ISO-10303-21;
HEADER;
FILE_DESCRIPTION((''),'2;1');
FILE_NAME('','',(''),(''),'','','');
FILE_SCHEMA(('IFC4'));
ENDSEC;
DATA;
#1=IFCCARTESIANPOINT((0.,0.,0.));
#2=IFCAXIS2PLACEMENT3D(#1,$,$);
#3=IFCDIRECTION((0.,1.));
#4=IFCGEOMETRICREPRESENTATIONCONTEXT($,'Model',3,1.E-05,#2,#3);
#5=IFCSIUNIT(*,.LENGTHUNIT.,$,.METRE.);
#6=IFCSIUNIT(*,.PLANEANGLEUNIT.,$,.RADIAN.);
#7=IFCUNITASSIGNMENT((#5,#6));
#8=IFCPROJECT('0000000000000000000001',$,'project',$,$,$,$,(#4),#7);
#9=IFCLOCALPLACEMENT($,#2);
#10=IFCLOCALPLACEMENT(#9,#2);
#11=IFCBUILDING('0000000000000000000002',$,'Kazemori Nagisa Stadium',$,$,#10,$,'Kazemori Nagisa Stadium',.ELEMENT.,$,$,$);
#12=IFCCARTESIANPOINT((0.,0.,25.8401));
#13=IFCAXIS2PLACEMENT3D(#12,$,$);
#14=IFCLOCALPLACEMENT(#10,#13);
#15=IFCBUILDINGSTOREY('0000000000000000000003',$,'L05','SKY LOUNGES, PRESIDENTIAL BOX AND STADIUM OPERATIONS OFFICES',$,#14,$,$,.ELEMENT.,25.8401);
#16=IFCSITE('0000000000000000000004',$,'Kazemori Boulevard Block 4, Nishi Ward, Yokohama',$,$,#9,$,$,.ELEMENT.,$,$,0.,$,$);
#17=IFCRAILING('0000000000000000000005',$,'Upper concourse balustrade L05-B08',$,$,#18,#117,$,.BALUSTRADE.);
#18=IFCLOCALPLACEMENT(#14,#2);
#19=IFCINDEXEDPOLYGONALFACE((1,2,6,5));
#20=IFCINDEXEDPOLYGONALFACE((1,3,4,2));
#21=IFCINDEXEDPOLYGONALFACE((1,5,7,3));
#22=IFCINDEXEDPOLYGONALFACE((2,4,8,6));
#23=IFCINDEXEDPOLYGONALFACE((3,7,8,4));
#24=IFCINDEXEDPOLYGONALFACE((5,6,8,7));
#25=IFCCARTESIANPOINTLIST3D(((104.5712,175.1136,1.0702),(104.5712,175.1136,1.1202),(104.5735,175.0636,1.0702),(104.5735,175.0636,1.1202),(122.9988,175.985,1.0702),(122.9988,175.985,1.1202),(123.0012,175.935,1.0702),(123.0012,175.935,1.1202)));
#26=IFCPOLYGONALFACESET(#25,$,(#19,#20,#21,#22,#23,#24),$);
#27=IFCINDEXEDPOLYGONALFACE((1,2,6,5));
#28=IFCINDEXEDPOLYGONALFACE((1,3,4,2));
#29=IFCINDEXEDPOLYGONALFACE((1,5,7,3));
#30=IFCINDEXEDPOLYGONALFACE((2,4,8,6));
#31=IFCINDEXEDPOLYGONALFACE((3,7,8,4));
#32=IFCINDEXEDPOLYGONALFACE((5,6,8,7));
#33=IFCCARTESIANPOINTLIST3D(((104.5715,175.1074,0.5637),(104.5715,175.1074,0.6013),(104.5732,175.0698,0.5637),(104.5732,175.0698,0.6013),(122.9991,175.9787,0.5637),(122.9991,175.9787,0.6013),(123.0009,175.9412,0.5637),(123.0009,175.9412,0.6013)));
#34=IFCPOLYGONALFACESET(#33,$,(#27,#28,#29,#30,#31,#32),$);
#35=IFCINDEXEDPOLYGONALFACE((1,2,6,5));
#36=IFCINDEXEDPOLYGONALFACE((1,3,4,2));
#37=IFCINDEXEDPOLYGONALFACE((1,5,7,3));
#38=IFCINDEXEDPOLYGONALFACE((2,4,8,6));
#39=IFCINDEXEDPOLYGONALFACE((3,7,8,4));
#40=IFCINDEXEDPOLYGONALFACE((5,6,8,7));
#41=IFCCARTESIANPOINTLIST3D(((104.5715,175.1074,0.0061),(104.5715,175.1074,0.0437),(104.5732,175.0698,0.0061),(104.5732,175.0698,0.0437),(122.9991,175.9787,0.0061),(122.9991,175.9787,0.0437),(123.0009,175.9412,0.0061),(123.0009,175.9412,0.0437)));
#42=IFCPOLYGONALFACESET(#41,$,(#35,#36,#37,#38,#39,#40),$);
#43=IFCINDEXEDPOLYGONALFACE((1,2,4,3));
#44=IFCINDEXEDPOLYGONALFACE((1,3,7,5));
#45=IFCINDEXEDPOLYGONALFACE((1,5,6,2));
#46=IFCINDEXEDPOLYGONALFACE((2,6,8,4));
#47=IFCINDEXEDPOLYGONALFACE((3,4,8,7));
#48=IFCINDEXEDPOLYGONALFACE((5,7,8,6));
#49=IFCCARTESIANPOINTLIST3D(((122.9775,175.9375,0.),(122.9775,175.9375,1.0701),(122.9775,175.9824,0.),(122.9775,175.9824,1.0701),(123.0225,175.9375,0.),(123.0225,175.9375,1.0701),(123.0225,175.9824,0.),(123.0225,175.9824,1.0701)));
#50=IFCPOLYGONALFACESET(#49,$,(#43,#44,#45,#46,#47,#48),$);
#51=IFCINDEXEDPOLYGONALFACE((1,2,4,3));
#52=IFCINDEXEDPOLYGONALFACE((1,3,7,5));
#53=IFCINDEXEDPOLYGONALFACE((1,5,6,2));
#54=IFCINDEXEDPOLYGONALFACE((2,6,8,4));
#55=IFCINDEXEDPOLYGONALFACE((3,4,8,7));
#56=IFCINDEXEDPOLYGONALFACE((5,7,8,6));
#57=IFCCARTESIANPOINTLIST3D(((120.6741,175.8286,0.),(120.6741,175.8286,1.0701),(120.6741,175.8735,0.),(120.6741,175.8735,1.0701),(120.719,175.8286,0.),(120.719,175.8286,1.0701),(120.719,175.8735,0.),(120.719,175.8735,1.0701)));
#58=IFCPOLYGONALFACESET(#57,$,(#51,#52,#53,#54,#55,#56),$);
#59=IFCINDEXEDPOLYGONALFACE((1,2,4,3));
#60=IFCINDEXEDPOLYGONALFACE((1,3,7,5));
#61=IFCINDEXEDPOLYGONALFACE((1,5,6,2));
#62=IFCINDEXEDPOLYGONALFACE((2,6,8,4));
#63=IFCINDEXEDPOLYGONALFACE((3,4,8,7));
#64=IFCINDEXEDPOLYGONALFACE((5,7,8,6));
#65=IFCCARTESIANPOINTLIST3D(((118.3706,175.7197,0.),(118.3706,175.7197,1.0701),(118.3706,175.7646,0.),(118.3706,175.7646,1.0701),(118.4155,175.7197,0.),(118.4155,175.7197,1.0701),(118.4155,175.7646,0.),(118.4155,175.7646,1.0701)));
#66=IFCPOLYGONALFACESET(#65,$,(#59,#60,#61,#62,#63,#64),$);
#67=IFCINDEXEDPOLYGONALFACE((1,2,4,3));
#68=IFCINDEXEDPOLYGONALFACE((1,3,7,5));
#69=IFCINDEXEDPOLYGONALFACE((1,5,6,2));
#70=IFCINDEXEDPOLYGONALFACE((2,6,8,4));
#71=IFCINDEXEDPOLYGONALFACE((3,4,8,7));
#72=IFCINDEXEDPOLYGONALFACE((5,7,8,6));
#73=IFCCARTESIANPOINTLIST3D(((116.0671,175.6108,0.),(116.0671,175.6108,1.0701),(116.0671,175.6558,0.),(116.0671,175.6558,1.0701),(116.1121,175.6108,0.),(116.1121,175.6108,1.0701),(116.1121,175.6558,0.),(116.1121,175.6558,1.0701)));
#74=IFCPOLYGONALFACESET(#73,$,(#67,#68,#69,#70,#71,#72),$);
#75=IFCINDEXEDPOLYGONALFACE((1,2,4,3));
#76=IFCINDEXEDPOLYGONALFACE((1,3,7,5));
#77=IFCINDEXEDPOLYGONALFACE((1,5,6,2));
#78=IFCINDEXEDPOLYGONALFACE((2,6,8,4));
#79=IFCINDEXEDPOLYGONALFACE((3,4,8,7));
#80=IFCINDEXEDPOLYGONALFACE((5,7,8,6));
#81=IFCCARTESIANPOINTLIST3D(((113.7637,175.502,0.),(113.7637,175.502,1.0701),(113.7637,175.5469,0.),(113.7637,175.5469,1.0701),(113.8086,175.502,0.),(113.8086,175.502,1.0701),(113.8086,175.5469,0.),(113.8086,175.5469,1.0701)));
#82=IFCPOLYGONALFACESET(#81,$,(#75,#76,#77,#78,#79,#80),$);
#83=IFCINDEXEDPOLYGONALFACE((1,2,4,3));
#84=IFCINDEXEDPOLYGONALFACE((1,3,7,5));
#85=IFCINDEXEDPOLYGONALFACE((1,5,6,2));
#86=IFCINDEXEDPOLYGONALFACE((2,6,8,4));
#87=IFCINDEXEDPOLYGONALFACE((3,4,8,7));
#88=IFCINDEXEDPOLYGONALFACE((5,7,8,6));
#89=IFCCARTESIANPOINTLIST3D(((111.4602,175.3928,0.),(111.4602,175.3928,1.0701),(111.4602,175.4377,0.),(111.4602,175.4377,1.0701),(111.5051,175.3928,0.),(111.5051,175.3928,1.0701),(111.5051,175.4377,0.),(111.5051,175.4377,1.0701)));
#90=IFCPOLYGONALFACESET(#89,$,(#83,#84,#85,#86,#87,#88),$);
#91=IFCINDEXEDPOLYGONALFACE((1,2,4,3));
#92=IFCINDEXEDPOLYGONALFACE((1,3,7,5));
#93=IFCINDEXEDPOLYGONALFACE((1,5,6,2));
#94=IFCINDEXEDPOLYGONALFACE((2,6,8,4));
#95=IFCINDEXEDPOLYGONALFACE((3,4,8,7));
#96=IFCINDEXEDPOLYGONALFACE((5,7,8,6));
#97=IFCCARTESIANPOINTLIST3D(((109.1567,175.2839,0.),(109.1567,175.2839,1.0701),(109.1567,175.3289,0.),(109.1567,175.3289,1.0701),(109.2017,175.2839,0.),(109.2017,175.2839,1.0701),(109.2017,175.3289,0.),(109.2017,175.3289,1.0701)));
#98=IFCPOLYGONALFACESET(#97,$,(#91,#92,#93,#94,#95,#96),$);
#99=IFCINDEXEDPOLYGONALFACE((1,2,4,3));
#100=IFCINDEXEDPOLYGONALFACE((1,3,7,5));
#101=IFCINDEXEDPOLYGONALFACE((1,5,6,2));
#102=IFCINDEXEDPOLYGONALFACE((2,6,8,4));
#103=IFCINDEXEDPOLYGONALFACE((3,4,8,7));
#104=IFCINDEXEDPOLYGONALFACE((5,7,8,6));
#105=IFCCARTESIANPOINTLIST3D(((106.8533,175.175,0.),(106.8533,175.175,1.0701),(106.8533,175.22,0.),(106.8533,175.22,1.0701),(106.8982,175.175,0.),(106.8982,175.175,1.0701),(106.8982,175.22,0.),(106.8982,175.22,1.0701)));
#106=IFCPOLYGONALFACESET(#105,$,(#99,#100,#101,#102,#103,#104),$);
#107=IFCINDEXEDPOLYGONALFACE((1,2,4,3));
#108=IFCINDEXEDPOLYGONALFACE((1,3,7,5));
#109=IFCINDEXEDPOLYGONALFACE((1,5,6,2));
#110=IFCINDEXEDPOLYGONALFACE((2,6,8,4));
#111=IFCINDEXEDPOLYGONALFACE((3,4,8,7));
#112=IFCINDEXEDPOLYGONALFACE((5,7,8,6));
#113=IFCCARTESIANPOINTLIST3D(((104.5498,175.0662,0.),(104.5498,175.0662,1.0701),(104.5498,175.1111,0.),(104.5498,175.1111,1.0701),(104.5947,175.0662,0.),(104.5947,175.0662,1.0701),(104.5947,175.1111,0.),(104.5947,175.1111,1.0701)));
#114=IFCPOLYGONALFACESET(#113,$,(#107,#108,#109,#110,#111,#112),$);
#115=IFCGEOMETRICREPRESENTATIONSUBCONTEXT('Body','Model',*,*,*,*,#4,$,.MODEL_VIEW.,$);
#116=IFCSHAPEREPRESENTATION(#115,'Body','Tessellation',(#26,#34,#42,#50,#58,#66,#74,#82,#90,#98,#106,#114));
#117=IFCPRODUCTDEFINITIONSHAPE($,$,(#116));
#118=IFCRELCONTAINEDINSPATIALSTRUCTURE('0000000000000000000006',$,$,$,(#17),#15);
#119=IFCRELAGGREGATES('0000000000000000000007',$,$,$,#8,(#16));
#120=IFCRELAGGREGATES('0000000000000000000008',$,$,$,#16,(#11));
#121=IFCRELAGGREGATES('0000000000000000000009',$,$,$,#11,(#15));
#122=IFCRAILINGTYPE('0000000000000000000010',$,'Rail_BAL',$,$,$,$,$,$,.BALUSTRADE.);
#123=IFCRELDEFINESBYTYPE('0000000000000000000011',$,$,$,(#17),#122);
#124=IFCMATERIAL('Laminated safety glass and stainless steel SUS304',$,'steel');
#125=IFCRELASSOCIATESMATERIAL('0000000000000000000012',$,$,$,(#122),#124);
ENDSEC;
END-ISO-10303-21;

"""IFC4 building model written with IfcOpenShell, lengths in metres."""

from ifc_helpers import new_model, si_unit, direction, frame, origin, origin_2d, place, context, subcontext, project, spatial, rectangle, extrude, material, type_object, element, save


model = new_model("IFC4")

# Units and contexts
model_context = context("Model", 3, precision=1e-05, world=origin(), true_north=direction((0.0, 1.0)))
body_context = subcontext(model_context, "Body", "Model", "MODEL_VIEW")
ifc_project = project(units=[si_unit("LENGTHUNIT", "METRE"), si_unit("PLANEANGLEUNIT", "RADIAN")], contexts=[model_context])

# Site, building, storey
site_placement = place(None, origin())
site = spatial("IfcSite", under=ifc_project, at=site_placement, Name="Kazemori Boulevard Block 4, Nishi Ward, Yokohama", CompositionType="ELEMENT", RefElevation=0.0)
building_placement = place(site_placement, origin())
building = spatial("IfcBuilding", under=site, at=building_placement, Name="Kazemori Nagisa Stadium", LongName="Kazemori Nagisa Stadium", CompositionType="ELEMENT")
storey_placement = place(building_placement, frame((0.0, 0.0, 25.8401)))
storey = spatial("IfcBuildingStorey", under=building, at=storey_placement, Name="L05", Description="SKY LOUNGES, PRESIDENTIAL BOX AND STADIUM OPERATIONS OFFICES", CompositionType="ELEMENT", Elevation=25.8401)

# Railing
ifc_material_1 = material(Name="Laminated safety glass and stainless steel SUS304", Category="steel")
railing_type = type_object("IfcRailingType", Name="Rail_BAL", PredefinedType="BALUSTRADE", material=ifc_material_1)
railing_1_placement = place(storey_placement, frame((123.0, 175.96, 0.0)))
element("IfcRailing", 1, at=railing_1_placement, inside=storey, type_object=railing_type, Name="Upper concourse balustrade L05-B08", PredefinedType="BALUSTRADE", context=body_context, shape_type="SweptSolid", body=[
    extrude(rectangle(XDim=0.05, YDim=0.05, at=origin_2d()), frame((0.0, 0.0, 1.0952), z_axis=(-0.998884, -0.047231, 0.0), x_axis=(0.047231, -0.998884, 0.0)), (0.0, 0.0, 1.0), 18.4482),
    extrude(rectangle(XDim=0.0376, YDim=0.0376, at=origin_2d()), frame((0.0, 0.0, 0.5825), z_axis=(-0.998884, -0.047231, 0.0), x_axis=(0.047231, -0.998884, 0.0)), (0.0, 0.0, 1.0), 18.4482),
    extrude(rectangle(XDim=0.0376, YDim=0.0376, at=origin_2d()), frame((0.0, 0.0, 0.0249), z_axis=(-0.998884, -0.047231, 0.0), x_axis=(0.047231, -0.998884, 0.0)), (0.0, 0.0, 1.0), 18.4482),
    extrude(rectangle(XDim=0.0449, YDim=0.0449, at=origin_2d()), origin(), (0.0, 0.0, 1.0), 1.0701),
    extrude(rectangle(XDim=0.0449, YDim=0.0449, at=origin_2d()), frame((-2.3035, -0.1089, 0.0)), (0.0, 0.0, 1.0), 1.0701),
    extrude(rectangle(XDim=0.0449, YDim=0.0449, at=origin_2d()), frame((-4.6069, -0.2178, 0.0)), (0.0, 0.0, 1.0), 1.0701),
    extrude(rectangle(XDim=0.0449, YDim=0.0449, at=origin_2d()), frame((-6.9104, -0.3267, 0.0)), (0.0, 0.0, 1.0), 1.0701),
    extrude(rectangle(XDim=0.0449, YDim=0.0449, at=origin_2d()), frame((-9.2139, -0.4355, 0.0)), (0.0, 0.0, 1.0), 1.0701),
    extrude(rectangle(XDim=0.0449, YDim=0.0449, at=origin_2d()), frame((-11.5173, -0.5447, 0.0)), (0.0, 0.0, 1.0), 1.0701),
    extrude(rectangle(XDim=0.0449, YDim=0.0449, at=origin_2d()), frame((-13.8208, -0.6536, 0.0)), (0.0, 0.0, 1.0), 1.0701),
    extrude(rectangle(XDim=0.0449, YDim=0.0449, at=origin_2d()), frame((-16.1243, -0.7625, 0.0)), (0.0, 0.0, 1.0), 1.0701),
    extrude(rectangle(XDim=0.0449, YDim=0.0449, at=origin_2d()), frame((-18.4277, -0.8713, 0.0)), (0.0, 0.0, 1.0), 1.0701),
])

save(model, "model.ifc")
